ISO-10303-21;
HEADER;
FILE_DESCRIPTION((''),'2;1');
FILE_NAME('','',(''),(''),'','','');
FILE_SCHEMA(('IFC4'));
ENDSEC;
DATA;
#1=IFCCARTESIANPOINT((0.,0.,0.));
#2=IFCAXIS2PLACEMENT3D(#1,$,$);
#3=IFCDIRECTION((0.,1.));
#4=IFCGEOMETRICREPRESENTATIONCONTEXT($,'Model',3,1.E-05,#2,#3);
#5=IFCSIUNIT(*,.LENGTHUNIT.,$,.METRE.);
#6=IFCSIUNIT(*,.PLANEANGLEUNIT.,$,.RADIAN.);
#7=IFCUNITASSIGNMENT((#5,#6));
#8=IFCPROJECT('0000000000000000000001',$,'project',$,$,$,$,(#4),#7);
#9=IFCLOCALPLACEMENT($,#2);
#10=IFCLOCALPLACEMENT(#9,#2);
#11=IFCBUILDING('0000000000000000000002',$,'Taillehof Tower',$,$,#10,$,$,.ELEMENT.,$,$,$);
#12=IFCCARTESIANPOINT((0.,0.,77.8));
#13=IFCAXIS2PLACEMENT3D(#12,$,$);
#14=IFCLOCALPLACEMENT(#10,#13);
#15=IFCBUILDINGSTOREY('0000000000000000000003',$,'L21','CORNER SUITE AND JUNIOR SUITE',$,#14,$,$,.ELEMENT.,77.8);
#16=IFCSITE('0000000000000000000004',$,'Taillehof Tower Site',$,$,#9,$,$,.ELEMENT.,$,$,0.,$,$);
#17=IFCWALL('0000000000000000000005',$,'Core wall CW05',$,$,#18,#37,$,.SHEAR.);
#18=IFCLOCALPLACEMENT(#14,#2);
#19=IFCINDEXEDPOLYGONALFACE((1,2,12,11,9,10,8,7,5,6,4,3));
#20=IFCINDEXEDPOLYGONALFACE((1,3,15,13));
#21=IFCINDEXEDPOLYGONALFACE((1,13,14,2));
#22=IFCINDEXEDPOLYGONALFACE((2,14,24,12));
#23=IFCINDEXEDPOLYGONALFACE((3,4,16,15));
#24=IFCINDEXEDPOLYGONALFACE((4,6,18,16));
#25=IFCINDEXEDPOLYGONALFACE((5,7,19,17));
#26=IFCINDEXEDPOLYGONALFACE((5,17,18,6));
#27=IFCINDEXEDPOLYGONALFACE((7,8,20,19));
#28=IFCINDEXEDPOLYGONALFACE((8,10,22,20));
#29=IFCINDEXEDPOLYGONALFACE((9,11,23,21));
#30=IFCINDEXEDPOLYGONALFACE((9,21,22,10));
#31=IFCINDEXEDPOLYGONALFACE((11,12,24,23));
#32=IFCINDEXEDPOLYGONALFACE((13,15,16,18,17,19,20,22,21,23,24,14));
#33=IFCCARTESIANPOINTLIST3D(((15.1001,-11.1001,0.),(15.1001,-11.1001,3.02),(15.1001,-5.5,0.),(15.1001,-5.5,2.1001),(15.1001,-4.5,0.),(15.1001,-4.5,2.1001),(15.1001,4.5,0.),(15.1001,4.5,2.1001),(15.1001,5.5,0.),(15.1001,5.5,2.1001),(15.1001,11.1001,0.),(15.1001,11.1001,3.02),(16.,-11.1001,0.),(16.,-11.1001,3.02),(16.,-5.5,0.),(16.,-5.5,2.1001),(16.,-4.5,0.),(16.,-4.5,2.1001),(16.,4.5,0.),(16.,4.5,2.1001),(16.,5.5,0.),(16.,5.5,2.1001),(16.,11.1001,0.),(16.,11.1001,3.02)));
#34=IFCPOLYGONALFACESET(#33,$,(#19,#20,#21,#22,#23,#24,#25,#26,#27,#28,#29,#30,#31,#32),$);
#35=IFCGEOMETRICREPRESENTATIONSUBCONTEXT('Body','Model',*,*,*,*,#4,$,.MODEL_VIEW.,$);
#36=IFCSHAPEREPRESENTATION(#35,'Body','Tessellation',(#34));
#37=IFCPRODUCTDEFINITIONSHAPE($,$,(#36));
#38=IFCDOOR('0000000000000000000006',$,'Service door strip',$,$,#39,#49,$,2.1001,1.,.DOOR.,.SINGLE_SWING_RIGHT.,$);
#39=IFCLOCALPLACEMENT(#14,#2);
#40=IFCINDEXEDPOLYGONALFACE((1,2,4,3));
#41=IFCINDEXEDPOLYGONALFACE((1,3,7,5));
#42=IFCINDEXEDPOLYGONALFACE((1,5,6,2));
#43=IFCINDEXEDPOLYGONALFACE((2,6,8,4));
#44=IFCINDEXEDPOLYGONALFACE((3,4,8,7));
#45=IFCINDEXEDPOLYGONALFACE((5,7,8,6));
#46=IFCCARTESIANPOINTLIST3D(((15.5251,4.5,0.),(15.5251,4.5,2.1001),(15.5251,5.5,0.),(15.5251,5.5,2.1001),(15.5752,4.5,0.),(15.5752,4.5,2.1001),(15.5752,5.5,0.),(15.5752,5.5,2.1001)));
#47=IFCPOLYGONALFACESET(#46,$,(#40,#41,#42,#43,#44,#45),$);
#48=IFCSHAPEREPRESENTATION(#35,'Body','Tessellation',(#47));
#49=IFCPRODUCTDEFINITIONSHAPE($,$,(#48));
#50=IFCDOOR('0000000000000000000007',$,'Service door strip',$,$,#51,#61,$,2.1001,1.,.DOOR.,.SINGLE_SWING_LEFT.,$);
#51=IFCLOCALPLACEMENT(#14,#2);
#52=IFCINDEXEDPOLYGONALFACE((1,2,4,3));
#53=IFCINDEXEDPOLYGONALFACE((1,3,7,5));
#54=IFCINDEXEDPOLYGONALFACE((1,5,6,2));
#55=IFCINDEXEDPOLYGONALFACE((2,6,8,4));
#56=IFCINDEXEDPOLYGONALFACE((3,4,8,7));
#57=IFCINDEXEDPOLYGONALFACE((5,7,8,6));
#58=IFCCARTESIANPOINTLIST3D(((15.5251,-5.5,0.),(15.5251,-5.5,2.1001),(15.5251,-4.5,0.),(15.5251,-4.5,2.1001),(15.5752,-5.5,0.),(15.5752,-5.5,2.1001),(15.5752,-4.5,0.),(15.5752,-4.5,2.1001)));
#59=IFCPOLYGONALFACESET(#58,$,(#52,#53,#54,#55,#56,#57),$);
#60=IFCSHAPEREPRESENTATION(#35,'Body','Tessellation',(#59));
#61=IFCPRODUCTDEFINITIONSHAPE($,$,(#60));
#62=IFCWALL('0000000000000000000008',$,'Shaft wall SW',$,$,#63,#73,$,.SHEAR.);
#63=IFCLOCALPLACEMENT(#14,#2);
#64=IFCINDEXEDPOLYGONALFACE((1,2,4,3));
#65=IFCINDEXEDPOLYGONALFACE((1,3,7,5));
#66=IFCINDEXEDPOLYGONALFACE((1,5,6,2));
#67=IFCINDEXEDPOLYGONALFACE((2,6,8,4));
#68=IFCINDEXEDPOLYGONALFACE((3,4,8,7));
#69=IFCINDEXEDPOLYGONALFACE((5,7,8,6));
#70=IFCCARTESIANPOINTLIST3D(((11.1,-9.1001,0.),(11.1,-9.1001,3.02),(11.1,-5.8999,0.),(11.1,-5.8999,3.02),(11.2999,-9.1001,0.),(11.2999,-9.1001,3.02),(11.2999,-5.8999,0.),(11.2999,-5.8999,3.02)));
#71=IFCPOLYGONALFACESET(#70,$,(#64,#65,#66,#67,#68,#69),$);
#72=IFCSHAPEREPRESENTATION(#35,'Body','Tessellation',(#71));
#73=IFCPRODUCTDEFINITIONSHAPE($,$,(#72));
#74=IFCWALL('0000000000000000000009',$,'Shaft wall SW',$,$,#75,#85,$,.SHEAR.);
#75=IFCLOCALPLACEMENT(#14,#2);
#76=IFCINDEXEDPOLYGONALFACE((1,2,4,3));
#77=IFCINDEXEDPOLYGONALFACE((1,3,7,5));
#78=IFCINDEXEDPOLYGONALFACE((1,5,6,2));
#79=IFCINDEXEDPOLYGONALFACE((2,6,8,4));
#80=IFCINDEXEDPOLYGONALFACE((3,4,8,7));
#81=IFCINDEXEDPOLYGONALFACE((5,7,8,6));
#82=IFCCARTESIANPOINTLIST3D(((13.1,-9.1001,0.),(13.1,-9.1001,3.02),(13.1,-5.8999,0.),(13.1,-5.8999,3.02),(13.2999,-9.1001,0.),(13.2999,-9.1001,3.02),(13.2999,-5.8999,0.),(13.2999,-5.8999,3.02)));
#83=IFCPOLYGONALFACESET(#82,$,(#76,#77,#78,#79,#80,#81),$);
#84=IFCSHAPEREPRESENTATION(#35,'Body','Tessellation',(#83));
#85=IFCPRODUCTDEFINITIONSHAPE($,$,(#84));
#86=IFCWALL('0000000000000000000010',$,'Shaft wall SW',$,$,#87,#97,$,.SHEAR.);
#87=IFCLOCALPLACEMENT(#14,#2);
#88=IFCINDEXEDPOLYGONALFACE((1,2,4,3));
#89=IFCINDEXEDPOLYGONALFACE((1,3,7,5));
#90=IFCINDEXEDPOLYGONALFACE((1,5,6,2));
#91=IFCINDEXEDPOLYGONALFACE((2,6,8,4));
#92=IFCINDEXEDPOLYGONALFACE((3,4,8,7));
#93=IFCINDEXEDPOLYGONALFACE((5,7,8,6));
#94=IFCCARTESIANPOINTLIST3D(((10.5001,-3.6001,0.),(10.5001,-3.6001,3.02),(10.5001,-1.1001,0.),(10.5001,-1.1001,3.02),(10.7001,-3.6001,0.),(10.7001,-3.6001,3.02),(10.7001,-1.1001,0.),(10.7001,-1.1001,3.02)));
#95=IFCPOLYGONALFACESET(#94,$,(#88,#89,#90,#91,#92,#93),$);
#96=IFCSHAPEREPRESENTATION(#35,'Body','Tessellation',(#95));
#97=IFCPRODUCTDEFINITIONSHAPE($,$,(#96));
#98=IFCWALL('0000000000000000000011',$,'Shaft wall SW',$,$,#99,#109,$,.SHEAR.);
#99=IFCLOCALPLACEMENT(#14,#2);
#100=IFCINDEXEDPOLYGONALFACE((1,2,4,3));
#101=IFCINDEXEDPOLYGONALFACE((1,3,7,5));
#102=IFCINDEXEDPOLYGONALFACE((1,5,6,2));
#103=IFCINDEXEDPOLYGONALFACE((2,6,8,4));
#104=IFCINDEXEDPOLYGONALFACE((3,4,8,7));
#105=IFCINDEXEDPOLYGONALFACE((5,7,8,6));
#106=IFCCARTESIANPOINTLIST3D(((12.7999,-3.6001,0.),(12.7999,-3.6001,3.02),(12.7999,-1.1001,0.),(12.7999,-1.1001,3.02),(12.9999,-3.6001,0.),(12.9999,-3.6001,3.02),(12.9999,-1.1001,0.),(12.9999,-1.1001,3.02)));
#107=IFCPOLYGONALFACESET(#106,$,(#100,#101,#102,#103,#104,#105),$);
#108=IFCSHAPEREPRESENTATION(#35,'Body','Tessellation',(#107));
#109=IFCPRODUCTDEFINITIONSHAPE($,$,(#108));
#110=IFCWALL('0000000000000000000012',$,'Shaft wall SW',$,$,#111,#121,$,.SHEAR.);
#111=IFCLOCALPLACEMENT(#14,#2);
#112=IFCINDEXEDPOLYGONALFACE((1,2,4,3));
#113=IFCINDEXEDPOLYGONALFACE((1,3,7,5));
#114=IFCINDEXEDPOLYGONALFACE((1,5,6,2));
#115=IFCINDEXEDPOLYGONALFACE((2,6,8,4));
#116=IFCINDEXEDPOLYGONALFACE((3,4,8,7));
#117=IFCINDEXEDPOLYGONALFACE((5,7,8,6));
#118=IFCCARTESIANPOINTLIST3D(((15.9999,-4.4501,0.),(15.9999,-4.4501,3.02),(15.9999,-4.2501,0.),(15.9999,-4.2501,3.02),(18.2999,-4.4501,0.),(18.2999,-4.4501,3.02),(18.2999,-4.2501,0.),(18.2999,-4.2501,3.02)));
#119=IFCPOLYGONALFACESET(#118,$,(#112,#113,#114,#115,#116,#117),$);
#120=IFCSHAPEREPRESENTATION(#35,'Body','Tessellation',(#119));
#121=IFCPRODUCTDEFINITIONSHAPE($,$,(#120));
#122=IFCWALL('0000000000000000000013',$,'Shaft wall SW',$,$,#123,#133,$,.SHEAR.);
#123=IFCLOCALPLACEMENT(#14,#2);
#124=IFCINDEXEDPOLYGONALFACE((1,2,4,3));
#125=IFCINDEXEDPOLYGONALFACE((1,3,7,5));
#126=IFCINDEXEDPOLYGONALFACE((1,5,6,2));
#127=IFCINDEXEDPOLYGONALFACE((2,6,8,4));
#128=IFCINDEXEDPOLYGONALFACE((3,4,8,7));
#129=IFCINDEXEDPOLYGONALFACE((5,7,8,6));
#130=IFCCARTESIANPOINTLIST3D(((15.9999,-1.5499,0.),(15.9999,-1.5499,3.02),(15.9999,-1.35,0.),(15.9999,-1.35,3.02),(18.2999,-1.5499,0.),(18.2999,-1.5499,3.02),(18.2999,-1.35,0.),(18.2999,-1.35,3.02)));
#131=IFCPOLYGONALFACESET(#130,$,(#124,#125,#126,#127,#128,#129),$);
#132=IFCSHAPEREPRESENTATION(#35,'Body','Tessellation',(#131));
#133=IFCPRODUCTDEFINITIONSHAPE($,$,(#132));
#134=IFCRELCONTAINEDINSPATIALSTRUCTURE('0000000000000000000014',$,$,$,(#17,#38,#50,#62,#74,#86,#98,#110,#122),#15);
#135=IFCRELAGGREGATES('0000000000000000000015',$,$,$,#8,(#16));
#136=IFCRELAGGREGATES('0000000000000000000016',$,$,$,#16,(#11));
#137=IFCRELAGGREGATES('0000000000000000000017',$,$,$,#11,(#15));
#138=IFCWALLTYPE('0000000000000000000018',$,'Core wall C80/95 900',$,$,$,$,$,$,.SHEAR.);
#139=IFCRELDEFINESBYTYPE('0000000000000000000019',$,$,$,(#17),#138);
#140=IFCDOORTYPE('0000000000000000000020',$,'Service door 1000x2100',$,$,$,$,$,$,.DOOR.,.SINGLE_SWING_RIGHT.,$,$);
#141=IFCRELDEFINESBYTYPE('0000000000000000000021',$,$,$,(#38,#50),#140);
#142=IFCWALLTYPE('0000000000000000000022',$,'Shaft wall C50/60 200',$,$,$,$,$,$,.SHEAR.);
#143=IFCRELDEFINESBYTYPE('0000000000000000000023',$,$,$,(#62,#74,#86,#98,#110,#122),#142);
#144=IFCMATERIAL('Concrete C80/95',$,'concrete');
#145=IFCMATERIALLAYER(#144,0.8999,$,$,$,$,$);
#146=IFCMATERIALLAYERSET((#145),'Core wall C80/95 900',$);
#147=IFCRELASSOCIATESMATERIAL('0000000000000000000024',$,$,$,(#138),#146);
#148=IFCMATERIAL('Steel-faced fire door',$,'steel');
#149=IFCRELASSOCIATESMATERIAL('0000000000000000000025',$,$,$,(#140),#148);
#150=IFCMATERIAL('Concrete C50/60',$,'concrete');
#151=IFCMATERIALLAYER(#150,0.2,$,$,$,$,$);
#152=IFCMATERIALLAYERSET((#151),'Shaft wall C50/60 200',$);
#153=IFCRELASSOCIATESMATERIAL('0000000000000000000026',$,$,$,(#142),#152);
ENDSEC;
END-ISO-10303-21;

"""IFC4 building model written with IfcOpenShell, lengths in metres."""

from ifc_helpers import new_model, si_unit, direction, frame, frame_2d, origin, place, context, subcontext, project, spatial, rectangle, extrude, material, layer, layer_set, type_object, element, fill, save


model = new_model("IFC4")

# Units and contexts
model_context = context("Model", 3, precision=1e-05, world=origin(), true_north=direction((0.0, 1.0)))
body_context = subcontext(model_context, "Body", "Model", "MODEL_VIEW")
ifc_project = project(units=[si_unit("LENGTHUNIT", "METRE"), si_unit("PLANEANGLEUNIT", "RADIAN")], contexts=[model_context])

# Site, building, storey
site_placement = place(None, origin())
site = spatial("IfcSite", under=ifc_project, at=site_placement, Name="Taillehof Tower Site", CompositionType="ELEMENT", RefElevation=0.0)
building_placement = place(site_placement, origin())
building = spatial("IfcBuilding", under=site, at=building_placement, Name="Taillehof Tower", CompositionType="ELEMENT")
storey_placement = place(building_placement, frame((0.0, 0.0, 77.8)))
storey = spatial("IfcBuildingStorey", under=building, at=storey_placement, Name="L21", Description="CORNER SUITE AND JUNIOR SUITE", CompositionType="ELEMENT", Elevation=77.8)

# Wall, openings, doors
ifc_material_1 = material(Name="Concrete C80/95", Category="concrete")
ifc_layer_1 = layer(ifc_material_1, 0.8999)
ifc_layer_set_1 = layer_set([ifc_layer_1], Name="Core wall C80/95 900")
wall_type_1 = type_object("IfcWallType", Name="Core wall C80/95 900", PredefinedType="SHEAR", material=ifc_layer_set_1)
wall_1_placement = place(storey_placement, frame((15.55, -11.1001, 0.0), z_axis=(0.0, 0.0, 1.0), x_axis=(0.0, 1.0, 0.0)))
wall_1 = element("IfcWall", 1, at=wall_1_placement, inside=storey, type_object=wall_type_1, Name="Core wall CW05", PredefinedType="SHEAR", context=body_context, shape_type="SweptSolid", body=[
    extrude(rectangle(XDim=22.2002, YDim=0.8999, at=frame_2d((11.1001, 0.0))), origin(), (0.0, 0.0, 1.0), 3.02),
])
opening_1_placement = place(wall_1_placement, frame((15.6001, 0.0, 0.0)))
opening_1 = element("IfcOpeningElement", 2, at=opening_1_placement, cuts=wall_1, PredefinedType="OPENING", context=body_context, shape_type="SweptSolid", body=[
    extrude(rectangle(XDim=1.0, YDim=2.1001, at=frame_2d((0.5, 1.05))), frame((0.0, 0.46, 0.0), z_axis=(0.0, -1.0, 0.0), x_axis=(1.0, 0.0, 0.0)), (0.0, 0.0, 1.0), 0.9199),
])
opening_2_placement = place(wall_1_placement, frame((5.6001, 0.0, 0.0)))
opening_2 = element("IfcOpeningElement", 3, at=opening_2_placement, cuts=wall_1, PredefinedType="OPENING", context=body_context, shape_type="SweptSolid", body=[
    extrude(rectangle(XDim=1.0, YDim=2.1001, at=frame_2d((0.5, 1.05))), frame((0.0, 0.46, 0.0), z_axis=(0.0, -1.0, 0.0), x_axis=(1.0, 0.0, 0.0)), (0.0, 0.0, 1.0), 0.9199),
])
ifc_material_2 = material(Name="Steel-faced fire door", Category="steel")
door_type_1 = type_object("IfcDoorType", Name="Service door 1000x2100", OperationType="SINGLE_SWING_RIGHT", PredefinedType="DOOR", material=ifc_material_2)
door_1_placement = place(opening_1_placement, origin())
door_1 = element("IfcDoor", 4, at=door_1_placement, inside=storey, type_object=door_type_1, Name="Service door strip", OperationType="SINGLE_SWING_RIGHT", OverallHeight=2.1001, OverallWidth=1.0, PredefinedType="DOOR", context=body_context, shape_type="SweptSolid", body=[
    extrude(rectangle(XDim=1.0, YDim=2.1001, at=frame_2d((0.5, 1.05))), frame((0.0, 0.0249, 0.0), z_axis=(0.0, -1.0, 0.0), x_axis=(1.0, 0.0, 0.0)), (0.0, 0.0, 1.0), 0.05),
])
fill(opening_1, door_1)
door_2_placement = place(opening_2_placement, origin())
door_2 = element("IfcDoor", 5, at=door_2_placement, inside=storey, type_object=door_type_1, Name="Service door strip", OperationType="SINGLE_SWING_LEFT", OverallHeight=2.1001, OverallWidth=1.0, PredefinedType="DOOR", context=body_context, shape_type="SweptSolid", body=[
    extrude(rectangle(XDim=1.0, YDim=2.1001, at=frame_2d((0.5, 1.05))), frame((0.0, 0.0249, 0.0), z_axis=(0.0, -1.0, 0.0), x_axis=(1.0, 0.0, 0.0)), (0.0, 0.0, 1.0), 0.05),
])
fill(opening_2, door_2)

# Walls
ifc_material_3 = material(Name="Concrete C50/60", Category="concrete")
ifc_layer_2 = layer(ifc_material_3, 0.2)
ifc_layer_set_2 = layer_set([ifc_layer_2], Name="Shaft wall C50/60 200")
wall_type_2 = type_object("IfcWallType", Name="Shaft wall C50/60 200", PredefinedType="SHEAR", material=ifc_layer_set_2)
for number, where, z_axis, x_axis, name in (
    (6, (11.2, -9.1001, 0.0), (0.0, 0.0, 1.0), (0.0, 1.0, 0.0), "Shaft wall SW"),
    (7, (13.2, -9.1001, 0.0), (0.0, 0.0, 1.0), (0.0, 1.0, 0.0), "Shaft wall SW"),
):
    element("IfcWall", number, at=place(storey_placement, frame(where, z_axis=z_axis, x_axis=x_axis)), inside=storey, type_object=wall_type_2, Name=name, PredefinedType="SHEAR", context=body_context, shape_type="SweptSolid", body=[
        extrude(rectangle(XDim=3.2002, YDim=0.2, at=frame_2d((1.6001, 0.0))), origin(), (0.0, 0.0, 1.0), 3.02),
    ])
for number, where, z_axis, x_axis, name in (
    (8, (10.6001, -3.6001, 0.0), (0.0, 0.0, 1.0), (0.0, 1.0, 0.0), "Shaft wall SW"),
    (9, (12.8999, -3.6001, 0.0), (0.0, 0.0, 1.0), (0.0, 1.0, 0.0), "Shaft wall SW"),
):
    element("IfcWall", number, at=place(storey_placement, frame(where, z_axis=z_axis, x_axis=x_axis)), inside=storey, type_object=wall_type_2, Name=name, PredefinedType="SHEAR", context=body_context, shape_type="SweptSolid", body=[
        extrude(rectangle(XDim=2.5, YDim=0.2, at=frame_2d((1.25, 0.0))), origin(), (0.0, 0.0, 1.0), 3.02),
    ])
for number, where, z_axis, x_axis, name in (
    (10, (16.0, -4.3501, 0.0), (0.0, 0.0, 1.0), (1.0, 0.0, 0.0), "Shaft wall SW"),
    (11, (16.0, -1.45, 0.0), (0.0, 0.0, 1.0), (1.0, 0.0, 0.0), "Shaft wall SW"),
):
    element("IfcWall", number, at=place(storey_placement, frame(where, z_axis=z_axis, x_axis=x_axis)), inside=storey, type_object=wall_type_2, Name=name, PredefinedType="SHEAR", context=body_context, shape_type="SweptSolid", body=[
        extrude(rectangle(XDim=2.3, YDim=0.2, at=frame_2d((1.1499, 0.0))), origin(), (0.0, 0.0, 1.0), 3.02),
    ])

save(model, "model.ifc")
